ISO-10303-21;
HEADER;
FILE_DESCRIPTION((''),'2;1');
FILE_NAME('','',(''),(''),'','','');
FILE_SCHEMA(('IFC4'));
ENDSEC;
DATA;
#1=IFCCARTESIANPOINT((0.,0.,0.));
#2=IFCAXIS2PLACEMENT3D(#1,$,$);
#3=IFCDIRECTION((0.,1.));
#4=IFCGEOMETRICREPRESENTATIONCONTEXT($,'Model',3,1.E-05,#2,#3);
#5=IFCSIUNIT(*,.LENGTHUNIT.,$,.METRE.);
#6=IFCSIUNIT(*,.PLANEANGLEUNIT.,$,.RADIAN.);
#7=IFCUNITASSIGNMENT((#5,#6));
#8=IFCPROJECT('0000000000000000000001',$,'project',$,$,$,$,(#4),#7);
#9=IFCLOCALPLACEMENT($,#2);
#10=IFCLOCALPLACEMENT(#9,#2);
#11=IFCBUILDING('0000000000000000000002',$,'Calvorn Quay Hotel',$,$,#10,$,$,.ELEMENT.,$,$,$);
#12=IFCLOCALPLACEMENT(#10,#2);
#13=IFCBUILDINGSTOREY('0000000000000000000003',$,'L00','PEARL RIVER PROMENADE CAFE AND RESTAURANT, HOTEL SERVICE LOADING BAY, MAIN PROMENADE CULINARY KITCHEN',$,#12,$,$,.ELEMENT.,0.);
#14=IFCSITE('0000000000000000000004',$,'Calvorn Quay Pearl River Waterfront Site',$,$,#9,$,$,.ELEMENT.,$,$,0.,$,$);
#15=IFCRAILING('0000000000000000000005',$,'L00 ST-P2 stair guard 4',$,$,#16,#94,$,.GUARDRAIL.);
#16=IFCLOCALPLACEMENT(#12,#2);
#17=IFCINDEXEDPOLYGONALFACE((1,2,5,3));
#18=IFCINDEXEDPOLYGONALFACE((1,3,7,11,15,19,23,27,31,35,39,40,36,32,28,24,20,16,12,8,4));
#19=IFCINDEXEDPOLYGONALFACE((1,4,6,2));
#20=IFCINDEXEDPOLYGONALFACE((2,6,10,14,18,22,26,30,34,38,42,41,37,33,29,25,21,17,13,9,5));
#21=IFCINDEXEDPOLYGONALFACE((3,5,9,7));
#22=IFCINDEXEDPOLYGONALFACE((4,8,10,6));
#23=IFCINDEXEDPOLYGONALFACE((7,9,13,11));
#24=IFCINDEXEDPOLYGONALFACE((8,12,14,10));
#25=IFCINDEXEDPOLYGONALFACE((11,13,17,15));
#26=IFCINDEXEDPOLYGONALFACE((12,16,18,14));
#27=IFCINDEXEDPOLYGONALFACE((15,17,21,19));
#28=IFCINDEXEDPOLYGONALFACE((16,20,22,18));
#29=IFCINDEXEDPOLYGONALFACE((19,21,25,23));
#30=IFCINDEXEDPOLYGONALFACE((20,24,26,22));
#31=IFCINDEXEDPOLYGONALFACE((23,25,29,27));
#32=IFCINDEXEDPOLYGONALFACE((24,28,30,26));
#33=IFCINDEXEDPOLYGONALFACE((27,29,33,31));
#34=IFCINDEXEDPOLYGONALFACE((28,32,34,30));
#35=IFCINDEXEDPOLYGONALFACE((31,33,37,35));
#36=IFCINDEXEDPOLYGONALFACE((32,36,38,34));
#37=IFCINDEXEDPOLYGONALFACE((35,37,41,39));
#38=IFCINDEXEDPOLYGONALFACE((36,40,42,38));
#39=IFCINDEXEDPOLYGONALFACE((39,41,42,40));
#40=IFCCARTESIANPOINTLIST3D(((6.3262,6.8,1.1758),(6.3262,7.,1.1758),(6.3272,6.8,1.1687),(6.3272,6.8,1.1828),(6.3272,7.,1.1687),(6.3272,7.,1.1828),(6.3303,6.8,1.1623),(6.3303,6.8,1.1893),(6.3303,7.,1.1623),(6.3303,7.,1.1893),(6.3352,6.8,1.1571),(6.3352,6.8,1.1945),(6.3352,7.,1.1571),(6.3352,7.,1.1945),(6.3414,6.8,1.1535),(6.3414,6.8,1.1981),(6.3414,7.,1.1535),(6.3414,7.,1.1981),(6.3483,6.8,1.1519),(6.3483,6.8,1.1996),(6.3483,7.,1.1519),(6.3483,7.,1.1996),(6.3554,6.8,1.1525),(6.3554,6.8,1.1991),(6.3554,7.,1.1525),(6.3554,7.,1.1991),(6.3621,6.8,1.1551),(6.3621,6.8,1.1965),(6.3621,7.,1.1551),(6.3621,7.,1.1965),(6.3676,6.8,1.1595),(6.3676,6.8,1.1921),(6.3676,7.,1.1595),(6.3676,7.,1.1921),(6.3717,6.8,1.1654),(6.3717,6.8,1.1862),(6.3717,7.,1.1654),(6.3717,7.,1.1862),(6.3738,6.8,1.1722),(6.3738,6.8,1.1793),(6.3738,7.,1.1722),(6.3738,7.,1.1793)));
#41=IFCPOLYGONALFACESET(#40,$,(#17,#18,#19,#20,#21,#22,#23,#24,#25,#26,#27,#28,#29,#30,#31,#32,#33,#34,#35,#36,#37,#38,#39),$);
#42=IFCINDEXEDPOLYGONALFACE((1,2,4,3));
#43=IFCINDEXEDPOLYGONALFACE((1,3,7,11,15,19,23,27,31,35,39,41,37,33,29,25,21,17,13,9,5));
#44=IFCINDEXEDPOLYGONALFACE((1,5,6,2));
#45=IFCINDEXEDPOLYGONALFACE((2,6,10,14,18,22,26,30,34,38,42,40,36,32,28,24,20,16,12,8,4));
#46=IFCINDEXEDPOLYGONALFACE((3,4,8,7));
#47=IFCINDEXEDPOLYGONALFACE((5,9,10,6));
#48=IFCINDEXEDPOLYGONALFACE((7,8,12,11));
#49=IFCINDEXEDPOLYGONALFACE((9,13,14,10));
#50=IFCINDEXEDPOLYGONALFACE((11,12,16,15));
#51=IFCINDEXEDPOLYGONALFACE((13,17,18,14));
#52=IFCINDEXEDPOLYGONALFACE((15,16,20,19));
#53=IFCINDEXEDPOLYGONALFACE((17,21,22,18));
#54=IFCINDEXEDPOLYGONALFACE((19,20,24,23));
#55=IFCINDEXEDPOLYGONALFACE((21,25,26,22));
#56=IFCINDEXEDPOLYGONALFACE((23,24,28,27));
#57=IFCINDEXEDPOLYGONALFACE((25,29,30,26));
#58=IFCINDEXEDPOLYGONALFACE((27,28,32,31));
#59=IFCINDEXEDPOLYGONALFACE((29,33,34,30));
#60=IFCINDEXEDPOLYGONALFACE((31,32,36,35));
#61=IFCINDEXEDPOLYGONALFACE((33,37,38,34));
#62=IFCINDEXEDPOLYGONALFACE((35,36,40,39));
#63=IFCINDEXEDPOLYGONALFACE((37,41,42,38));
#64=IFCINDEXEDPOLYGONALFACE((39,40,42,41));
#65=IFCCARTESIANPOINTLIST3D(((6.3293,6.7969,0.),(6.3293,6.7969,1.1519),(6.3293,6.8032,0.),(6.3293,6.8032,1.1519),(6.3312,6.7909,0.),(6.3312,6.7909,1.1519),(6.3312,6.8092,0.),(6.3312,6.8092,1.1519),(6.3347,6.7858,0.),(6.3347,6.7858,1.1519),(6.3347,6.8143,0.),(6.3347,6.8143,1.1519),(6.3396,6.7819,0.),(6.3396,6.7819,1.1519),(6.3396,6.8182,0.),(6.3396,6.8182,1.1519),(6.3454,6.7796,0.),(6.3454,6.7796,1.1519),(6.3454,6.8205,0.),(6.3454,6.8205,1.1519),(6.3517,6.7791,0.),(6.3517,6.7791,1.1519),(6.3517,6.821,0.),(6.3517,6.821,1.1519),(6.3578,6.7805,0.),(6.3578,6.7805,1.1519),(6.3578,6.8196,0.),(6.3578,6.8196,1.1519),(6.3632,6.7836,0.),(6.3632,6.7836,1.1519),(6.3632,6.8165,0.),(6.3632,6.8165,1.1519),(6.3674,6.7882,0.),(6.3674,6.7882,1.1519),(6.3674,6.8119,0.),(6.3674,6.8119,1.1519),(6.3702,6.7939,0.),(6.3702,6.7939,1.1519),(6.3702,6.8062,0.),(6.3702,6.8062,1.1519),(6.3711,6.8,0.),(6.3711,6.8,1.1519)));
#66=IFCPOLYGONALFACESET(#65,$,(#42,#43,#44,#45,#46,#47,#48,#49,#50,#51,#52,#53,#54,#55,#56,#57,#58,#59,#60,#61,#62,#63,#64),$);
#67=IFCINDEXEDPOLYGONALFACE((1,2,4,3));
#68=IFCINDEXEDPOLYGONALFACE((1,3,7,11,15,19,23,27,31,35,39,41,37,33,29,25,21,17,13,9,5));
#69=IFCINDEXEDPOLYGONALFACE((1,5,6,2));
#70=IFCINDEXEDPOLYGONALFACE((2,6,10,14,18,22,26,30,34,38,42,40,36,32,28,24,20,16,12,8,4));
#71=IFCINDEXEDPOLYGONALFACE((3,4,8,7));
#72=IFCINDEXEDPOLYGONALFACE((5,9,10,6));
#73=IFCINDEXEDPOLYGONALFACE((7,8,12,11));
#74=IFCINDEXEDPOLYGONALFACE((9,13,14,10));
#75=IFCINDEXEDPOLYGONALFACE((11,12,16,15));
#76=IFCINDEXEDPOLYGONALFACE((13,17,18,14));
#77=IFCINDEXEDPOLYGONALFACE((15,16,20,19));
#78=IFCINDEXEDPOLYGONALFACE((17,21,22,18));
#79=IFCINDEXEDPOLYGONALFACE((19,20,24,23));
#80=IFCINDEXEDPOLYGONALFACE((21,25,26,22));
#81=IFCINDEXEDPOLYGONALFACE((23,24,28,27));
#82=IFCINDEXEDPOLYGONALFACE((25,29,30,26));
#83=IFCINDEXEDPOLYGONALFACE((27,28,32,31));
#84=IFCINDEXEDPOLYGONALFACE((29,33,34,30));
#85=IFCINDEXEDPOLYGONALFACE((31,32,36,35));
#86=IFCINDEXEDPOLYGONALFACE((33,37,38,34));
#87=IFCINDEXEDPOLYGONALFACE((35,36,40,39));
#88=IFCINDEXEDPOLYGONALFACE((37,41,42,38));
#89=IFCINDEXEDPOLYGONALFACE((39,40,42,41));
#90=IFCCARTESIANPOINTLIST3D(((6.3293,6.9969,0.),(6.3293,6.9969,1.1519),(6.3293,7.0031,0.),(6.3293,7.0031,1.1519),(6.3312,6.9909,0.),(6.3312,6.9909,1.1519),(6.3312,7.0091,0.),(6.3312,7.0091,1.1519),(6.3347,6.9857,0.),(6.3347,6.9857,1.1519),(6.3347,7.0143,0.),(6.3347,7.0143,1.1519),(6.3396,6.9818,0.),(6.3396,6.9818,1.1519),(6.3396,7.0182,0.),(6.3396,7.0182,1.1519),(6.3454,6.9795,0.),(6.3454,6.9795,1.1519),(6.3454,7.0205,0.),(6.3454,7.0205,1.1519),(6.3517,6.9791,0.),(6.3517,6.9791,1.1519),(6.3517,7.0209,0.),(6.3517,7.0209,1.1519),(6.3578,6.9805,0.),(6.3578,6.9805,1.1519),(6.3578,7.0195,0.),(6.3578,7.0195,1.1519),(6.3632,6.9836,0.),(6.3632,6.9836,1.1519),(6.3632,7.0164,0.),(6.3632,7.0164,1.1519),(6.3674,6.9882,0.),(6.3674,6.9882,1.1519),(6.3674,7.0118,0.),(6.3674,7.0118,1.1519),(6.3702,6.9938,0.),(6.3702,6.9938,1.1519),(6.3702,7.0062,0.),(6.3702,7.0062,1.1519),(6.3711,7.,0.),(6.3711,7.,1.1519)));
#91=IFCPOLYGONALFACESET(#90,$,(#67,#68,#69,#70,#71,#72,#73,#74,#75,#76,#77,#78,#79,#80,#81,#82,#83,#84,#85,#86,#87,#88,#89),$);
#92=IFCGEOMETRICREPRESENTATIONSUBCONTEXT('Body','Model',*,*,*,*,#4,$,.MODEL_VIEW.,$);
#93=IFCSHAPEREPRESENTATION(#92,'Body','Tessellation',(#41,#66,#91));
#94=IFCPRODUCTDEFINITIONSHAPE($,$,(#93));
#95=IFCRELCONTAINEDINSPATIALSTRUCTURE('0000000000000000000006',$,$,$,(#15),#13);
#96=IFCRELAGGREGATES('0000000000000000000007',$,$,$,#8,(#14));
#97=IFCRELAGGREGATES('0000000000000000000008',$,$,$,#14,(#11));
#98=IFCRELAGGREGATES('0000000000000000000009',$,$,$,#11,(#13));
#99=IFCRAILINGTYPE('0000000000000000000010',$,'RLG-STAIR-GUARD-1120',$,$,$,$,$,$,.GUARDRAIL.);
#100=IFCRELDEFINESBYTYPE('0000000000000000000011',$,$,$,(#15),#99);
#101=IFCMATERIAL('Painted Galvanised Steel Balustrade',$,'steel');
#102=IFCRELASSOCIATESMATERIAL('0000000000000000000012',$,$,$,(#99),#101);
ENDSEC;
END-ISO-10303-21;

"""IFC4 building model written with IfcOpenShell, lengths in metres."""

from ifc_helpers import new_model, si_unit, direction, frame, origin, origin_2d, place, context, subcontext, project, spatial, circle, extrude, material, type_object, element, save


model = new_model("IFC4")

# Units and contexts
model_context = context("Model", 3, precision=1e-05, world=origin(), true_north=direction((0.0, 1.0)))
body_context = subcontext(model_context, "Body", "Model", "MODEL_VIEW")
ifc_project = project(units=[si_unit("LENGTHUNIT", "METRE"), si_unit("PLANEANGLEUNIT", "RADIAN")], contexts=[model_context])

# Site, building, storey
site_placement = place(None, origin())
site = spatial("IfcSite", under=ifc_project, at=site_placement, Name="Calvorn Quay Pearl River Waterfront Site", CompositionType="ELEMENT", RefElevation=0.0)
building_placement = place(site_placement, origin())
building = spatial("IfcBuilding", under=site, at=building_placement, Name="Calvorn Quay Hotel", CompositionType="ELEMENT")
storey_placement = place(building_placement, origin())
storey = spatial("IfcBuildingStorey", under=building, at=storey_placement, Name="L00", Description="PEARL RIVER PROMENADE CAFE AND RESTAURANT, HOTEL SERVICE LOADING BAY, MAIN PROMENADE CULINARY KITCHEN", CompositionType="ELEMENT", Elevation=0.0)

# Railing
ifc_material_1 = material(Name="Painted Galvanised Steel Balustrade", Category="steel")
railing_type_1 = type_object("IfcRailingType", Name="RLG-STAIR-GUARD-1120", PredefinedType="GUARDRAIL", material=ifc_material_1)
railing_1_placement = place(storey_placement, frame((6.3501, 6.8, 0.0)))
element("IfcRailing", 1, at=railing_1_placement, inside=storey, type_object=railing_type_1, Name="L00 ST-P2 stair guard 4", PredefinedType="GUARDRAIL", context=body_context, shape_type="SweptSolid", body=[
    extrude(circle(Radius=0.0239, at=origin_2d()), frame((0.0, 0.0, 1.1758), z_axis=(0.0, 1.0, 0.0), x_axis=(-1.0, 0.0, 0.0)), (0.0, 0.0, 1.0), 0.2),
    extrude(circle(Radius=0.021, at=origin_2d()), origin(), (0.0, 0.0, 1.0), 1.1519),
    extrude(circle(Radius=0.021, at=origin_2d()), frame((0.0, 0.2, 0.0)), (0.0, 0.0, 1.0), 1.1519),
])

save(model, "model.ifc")
